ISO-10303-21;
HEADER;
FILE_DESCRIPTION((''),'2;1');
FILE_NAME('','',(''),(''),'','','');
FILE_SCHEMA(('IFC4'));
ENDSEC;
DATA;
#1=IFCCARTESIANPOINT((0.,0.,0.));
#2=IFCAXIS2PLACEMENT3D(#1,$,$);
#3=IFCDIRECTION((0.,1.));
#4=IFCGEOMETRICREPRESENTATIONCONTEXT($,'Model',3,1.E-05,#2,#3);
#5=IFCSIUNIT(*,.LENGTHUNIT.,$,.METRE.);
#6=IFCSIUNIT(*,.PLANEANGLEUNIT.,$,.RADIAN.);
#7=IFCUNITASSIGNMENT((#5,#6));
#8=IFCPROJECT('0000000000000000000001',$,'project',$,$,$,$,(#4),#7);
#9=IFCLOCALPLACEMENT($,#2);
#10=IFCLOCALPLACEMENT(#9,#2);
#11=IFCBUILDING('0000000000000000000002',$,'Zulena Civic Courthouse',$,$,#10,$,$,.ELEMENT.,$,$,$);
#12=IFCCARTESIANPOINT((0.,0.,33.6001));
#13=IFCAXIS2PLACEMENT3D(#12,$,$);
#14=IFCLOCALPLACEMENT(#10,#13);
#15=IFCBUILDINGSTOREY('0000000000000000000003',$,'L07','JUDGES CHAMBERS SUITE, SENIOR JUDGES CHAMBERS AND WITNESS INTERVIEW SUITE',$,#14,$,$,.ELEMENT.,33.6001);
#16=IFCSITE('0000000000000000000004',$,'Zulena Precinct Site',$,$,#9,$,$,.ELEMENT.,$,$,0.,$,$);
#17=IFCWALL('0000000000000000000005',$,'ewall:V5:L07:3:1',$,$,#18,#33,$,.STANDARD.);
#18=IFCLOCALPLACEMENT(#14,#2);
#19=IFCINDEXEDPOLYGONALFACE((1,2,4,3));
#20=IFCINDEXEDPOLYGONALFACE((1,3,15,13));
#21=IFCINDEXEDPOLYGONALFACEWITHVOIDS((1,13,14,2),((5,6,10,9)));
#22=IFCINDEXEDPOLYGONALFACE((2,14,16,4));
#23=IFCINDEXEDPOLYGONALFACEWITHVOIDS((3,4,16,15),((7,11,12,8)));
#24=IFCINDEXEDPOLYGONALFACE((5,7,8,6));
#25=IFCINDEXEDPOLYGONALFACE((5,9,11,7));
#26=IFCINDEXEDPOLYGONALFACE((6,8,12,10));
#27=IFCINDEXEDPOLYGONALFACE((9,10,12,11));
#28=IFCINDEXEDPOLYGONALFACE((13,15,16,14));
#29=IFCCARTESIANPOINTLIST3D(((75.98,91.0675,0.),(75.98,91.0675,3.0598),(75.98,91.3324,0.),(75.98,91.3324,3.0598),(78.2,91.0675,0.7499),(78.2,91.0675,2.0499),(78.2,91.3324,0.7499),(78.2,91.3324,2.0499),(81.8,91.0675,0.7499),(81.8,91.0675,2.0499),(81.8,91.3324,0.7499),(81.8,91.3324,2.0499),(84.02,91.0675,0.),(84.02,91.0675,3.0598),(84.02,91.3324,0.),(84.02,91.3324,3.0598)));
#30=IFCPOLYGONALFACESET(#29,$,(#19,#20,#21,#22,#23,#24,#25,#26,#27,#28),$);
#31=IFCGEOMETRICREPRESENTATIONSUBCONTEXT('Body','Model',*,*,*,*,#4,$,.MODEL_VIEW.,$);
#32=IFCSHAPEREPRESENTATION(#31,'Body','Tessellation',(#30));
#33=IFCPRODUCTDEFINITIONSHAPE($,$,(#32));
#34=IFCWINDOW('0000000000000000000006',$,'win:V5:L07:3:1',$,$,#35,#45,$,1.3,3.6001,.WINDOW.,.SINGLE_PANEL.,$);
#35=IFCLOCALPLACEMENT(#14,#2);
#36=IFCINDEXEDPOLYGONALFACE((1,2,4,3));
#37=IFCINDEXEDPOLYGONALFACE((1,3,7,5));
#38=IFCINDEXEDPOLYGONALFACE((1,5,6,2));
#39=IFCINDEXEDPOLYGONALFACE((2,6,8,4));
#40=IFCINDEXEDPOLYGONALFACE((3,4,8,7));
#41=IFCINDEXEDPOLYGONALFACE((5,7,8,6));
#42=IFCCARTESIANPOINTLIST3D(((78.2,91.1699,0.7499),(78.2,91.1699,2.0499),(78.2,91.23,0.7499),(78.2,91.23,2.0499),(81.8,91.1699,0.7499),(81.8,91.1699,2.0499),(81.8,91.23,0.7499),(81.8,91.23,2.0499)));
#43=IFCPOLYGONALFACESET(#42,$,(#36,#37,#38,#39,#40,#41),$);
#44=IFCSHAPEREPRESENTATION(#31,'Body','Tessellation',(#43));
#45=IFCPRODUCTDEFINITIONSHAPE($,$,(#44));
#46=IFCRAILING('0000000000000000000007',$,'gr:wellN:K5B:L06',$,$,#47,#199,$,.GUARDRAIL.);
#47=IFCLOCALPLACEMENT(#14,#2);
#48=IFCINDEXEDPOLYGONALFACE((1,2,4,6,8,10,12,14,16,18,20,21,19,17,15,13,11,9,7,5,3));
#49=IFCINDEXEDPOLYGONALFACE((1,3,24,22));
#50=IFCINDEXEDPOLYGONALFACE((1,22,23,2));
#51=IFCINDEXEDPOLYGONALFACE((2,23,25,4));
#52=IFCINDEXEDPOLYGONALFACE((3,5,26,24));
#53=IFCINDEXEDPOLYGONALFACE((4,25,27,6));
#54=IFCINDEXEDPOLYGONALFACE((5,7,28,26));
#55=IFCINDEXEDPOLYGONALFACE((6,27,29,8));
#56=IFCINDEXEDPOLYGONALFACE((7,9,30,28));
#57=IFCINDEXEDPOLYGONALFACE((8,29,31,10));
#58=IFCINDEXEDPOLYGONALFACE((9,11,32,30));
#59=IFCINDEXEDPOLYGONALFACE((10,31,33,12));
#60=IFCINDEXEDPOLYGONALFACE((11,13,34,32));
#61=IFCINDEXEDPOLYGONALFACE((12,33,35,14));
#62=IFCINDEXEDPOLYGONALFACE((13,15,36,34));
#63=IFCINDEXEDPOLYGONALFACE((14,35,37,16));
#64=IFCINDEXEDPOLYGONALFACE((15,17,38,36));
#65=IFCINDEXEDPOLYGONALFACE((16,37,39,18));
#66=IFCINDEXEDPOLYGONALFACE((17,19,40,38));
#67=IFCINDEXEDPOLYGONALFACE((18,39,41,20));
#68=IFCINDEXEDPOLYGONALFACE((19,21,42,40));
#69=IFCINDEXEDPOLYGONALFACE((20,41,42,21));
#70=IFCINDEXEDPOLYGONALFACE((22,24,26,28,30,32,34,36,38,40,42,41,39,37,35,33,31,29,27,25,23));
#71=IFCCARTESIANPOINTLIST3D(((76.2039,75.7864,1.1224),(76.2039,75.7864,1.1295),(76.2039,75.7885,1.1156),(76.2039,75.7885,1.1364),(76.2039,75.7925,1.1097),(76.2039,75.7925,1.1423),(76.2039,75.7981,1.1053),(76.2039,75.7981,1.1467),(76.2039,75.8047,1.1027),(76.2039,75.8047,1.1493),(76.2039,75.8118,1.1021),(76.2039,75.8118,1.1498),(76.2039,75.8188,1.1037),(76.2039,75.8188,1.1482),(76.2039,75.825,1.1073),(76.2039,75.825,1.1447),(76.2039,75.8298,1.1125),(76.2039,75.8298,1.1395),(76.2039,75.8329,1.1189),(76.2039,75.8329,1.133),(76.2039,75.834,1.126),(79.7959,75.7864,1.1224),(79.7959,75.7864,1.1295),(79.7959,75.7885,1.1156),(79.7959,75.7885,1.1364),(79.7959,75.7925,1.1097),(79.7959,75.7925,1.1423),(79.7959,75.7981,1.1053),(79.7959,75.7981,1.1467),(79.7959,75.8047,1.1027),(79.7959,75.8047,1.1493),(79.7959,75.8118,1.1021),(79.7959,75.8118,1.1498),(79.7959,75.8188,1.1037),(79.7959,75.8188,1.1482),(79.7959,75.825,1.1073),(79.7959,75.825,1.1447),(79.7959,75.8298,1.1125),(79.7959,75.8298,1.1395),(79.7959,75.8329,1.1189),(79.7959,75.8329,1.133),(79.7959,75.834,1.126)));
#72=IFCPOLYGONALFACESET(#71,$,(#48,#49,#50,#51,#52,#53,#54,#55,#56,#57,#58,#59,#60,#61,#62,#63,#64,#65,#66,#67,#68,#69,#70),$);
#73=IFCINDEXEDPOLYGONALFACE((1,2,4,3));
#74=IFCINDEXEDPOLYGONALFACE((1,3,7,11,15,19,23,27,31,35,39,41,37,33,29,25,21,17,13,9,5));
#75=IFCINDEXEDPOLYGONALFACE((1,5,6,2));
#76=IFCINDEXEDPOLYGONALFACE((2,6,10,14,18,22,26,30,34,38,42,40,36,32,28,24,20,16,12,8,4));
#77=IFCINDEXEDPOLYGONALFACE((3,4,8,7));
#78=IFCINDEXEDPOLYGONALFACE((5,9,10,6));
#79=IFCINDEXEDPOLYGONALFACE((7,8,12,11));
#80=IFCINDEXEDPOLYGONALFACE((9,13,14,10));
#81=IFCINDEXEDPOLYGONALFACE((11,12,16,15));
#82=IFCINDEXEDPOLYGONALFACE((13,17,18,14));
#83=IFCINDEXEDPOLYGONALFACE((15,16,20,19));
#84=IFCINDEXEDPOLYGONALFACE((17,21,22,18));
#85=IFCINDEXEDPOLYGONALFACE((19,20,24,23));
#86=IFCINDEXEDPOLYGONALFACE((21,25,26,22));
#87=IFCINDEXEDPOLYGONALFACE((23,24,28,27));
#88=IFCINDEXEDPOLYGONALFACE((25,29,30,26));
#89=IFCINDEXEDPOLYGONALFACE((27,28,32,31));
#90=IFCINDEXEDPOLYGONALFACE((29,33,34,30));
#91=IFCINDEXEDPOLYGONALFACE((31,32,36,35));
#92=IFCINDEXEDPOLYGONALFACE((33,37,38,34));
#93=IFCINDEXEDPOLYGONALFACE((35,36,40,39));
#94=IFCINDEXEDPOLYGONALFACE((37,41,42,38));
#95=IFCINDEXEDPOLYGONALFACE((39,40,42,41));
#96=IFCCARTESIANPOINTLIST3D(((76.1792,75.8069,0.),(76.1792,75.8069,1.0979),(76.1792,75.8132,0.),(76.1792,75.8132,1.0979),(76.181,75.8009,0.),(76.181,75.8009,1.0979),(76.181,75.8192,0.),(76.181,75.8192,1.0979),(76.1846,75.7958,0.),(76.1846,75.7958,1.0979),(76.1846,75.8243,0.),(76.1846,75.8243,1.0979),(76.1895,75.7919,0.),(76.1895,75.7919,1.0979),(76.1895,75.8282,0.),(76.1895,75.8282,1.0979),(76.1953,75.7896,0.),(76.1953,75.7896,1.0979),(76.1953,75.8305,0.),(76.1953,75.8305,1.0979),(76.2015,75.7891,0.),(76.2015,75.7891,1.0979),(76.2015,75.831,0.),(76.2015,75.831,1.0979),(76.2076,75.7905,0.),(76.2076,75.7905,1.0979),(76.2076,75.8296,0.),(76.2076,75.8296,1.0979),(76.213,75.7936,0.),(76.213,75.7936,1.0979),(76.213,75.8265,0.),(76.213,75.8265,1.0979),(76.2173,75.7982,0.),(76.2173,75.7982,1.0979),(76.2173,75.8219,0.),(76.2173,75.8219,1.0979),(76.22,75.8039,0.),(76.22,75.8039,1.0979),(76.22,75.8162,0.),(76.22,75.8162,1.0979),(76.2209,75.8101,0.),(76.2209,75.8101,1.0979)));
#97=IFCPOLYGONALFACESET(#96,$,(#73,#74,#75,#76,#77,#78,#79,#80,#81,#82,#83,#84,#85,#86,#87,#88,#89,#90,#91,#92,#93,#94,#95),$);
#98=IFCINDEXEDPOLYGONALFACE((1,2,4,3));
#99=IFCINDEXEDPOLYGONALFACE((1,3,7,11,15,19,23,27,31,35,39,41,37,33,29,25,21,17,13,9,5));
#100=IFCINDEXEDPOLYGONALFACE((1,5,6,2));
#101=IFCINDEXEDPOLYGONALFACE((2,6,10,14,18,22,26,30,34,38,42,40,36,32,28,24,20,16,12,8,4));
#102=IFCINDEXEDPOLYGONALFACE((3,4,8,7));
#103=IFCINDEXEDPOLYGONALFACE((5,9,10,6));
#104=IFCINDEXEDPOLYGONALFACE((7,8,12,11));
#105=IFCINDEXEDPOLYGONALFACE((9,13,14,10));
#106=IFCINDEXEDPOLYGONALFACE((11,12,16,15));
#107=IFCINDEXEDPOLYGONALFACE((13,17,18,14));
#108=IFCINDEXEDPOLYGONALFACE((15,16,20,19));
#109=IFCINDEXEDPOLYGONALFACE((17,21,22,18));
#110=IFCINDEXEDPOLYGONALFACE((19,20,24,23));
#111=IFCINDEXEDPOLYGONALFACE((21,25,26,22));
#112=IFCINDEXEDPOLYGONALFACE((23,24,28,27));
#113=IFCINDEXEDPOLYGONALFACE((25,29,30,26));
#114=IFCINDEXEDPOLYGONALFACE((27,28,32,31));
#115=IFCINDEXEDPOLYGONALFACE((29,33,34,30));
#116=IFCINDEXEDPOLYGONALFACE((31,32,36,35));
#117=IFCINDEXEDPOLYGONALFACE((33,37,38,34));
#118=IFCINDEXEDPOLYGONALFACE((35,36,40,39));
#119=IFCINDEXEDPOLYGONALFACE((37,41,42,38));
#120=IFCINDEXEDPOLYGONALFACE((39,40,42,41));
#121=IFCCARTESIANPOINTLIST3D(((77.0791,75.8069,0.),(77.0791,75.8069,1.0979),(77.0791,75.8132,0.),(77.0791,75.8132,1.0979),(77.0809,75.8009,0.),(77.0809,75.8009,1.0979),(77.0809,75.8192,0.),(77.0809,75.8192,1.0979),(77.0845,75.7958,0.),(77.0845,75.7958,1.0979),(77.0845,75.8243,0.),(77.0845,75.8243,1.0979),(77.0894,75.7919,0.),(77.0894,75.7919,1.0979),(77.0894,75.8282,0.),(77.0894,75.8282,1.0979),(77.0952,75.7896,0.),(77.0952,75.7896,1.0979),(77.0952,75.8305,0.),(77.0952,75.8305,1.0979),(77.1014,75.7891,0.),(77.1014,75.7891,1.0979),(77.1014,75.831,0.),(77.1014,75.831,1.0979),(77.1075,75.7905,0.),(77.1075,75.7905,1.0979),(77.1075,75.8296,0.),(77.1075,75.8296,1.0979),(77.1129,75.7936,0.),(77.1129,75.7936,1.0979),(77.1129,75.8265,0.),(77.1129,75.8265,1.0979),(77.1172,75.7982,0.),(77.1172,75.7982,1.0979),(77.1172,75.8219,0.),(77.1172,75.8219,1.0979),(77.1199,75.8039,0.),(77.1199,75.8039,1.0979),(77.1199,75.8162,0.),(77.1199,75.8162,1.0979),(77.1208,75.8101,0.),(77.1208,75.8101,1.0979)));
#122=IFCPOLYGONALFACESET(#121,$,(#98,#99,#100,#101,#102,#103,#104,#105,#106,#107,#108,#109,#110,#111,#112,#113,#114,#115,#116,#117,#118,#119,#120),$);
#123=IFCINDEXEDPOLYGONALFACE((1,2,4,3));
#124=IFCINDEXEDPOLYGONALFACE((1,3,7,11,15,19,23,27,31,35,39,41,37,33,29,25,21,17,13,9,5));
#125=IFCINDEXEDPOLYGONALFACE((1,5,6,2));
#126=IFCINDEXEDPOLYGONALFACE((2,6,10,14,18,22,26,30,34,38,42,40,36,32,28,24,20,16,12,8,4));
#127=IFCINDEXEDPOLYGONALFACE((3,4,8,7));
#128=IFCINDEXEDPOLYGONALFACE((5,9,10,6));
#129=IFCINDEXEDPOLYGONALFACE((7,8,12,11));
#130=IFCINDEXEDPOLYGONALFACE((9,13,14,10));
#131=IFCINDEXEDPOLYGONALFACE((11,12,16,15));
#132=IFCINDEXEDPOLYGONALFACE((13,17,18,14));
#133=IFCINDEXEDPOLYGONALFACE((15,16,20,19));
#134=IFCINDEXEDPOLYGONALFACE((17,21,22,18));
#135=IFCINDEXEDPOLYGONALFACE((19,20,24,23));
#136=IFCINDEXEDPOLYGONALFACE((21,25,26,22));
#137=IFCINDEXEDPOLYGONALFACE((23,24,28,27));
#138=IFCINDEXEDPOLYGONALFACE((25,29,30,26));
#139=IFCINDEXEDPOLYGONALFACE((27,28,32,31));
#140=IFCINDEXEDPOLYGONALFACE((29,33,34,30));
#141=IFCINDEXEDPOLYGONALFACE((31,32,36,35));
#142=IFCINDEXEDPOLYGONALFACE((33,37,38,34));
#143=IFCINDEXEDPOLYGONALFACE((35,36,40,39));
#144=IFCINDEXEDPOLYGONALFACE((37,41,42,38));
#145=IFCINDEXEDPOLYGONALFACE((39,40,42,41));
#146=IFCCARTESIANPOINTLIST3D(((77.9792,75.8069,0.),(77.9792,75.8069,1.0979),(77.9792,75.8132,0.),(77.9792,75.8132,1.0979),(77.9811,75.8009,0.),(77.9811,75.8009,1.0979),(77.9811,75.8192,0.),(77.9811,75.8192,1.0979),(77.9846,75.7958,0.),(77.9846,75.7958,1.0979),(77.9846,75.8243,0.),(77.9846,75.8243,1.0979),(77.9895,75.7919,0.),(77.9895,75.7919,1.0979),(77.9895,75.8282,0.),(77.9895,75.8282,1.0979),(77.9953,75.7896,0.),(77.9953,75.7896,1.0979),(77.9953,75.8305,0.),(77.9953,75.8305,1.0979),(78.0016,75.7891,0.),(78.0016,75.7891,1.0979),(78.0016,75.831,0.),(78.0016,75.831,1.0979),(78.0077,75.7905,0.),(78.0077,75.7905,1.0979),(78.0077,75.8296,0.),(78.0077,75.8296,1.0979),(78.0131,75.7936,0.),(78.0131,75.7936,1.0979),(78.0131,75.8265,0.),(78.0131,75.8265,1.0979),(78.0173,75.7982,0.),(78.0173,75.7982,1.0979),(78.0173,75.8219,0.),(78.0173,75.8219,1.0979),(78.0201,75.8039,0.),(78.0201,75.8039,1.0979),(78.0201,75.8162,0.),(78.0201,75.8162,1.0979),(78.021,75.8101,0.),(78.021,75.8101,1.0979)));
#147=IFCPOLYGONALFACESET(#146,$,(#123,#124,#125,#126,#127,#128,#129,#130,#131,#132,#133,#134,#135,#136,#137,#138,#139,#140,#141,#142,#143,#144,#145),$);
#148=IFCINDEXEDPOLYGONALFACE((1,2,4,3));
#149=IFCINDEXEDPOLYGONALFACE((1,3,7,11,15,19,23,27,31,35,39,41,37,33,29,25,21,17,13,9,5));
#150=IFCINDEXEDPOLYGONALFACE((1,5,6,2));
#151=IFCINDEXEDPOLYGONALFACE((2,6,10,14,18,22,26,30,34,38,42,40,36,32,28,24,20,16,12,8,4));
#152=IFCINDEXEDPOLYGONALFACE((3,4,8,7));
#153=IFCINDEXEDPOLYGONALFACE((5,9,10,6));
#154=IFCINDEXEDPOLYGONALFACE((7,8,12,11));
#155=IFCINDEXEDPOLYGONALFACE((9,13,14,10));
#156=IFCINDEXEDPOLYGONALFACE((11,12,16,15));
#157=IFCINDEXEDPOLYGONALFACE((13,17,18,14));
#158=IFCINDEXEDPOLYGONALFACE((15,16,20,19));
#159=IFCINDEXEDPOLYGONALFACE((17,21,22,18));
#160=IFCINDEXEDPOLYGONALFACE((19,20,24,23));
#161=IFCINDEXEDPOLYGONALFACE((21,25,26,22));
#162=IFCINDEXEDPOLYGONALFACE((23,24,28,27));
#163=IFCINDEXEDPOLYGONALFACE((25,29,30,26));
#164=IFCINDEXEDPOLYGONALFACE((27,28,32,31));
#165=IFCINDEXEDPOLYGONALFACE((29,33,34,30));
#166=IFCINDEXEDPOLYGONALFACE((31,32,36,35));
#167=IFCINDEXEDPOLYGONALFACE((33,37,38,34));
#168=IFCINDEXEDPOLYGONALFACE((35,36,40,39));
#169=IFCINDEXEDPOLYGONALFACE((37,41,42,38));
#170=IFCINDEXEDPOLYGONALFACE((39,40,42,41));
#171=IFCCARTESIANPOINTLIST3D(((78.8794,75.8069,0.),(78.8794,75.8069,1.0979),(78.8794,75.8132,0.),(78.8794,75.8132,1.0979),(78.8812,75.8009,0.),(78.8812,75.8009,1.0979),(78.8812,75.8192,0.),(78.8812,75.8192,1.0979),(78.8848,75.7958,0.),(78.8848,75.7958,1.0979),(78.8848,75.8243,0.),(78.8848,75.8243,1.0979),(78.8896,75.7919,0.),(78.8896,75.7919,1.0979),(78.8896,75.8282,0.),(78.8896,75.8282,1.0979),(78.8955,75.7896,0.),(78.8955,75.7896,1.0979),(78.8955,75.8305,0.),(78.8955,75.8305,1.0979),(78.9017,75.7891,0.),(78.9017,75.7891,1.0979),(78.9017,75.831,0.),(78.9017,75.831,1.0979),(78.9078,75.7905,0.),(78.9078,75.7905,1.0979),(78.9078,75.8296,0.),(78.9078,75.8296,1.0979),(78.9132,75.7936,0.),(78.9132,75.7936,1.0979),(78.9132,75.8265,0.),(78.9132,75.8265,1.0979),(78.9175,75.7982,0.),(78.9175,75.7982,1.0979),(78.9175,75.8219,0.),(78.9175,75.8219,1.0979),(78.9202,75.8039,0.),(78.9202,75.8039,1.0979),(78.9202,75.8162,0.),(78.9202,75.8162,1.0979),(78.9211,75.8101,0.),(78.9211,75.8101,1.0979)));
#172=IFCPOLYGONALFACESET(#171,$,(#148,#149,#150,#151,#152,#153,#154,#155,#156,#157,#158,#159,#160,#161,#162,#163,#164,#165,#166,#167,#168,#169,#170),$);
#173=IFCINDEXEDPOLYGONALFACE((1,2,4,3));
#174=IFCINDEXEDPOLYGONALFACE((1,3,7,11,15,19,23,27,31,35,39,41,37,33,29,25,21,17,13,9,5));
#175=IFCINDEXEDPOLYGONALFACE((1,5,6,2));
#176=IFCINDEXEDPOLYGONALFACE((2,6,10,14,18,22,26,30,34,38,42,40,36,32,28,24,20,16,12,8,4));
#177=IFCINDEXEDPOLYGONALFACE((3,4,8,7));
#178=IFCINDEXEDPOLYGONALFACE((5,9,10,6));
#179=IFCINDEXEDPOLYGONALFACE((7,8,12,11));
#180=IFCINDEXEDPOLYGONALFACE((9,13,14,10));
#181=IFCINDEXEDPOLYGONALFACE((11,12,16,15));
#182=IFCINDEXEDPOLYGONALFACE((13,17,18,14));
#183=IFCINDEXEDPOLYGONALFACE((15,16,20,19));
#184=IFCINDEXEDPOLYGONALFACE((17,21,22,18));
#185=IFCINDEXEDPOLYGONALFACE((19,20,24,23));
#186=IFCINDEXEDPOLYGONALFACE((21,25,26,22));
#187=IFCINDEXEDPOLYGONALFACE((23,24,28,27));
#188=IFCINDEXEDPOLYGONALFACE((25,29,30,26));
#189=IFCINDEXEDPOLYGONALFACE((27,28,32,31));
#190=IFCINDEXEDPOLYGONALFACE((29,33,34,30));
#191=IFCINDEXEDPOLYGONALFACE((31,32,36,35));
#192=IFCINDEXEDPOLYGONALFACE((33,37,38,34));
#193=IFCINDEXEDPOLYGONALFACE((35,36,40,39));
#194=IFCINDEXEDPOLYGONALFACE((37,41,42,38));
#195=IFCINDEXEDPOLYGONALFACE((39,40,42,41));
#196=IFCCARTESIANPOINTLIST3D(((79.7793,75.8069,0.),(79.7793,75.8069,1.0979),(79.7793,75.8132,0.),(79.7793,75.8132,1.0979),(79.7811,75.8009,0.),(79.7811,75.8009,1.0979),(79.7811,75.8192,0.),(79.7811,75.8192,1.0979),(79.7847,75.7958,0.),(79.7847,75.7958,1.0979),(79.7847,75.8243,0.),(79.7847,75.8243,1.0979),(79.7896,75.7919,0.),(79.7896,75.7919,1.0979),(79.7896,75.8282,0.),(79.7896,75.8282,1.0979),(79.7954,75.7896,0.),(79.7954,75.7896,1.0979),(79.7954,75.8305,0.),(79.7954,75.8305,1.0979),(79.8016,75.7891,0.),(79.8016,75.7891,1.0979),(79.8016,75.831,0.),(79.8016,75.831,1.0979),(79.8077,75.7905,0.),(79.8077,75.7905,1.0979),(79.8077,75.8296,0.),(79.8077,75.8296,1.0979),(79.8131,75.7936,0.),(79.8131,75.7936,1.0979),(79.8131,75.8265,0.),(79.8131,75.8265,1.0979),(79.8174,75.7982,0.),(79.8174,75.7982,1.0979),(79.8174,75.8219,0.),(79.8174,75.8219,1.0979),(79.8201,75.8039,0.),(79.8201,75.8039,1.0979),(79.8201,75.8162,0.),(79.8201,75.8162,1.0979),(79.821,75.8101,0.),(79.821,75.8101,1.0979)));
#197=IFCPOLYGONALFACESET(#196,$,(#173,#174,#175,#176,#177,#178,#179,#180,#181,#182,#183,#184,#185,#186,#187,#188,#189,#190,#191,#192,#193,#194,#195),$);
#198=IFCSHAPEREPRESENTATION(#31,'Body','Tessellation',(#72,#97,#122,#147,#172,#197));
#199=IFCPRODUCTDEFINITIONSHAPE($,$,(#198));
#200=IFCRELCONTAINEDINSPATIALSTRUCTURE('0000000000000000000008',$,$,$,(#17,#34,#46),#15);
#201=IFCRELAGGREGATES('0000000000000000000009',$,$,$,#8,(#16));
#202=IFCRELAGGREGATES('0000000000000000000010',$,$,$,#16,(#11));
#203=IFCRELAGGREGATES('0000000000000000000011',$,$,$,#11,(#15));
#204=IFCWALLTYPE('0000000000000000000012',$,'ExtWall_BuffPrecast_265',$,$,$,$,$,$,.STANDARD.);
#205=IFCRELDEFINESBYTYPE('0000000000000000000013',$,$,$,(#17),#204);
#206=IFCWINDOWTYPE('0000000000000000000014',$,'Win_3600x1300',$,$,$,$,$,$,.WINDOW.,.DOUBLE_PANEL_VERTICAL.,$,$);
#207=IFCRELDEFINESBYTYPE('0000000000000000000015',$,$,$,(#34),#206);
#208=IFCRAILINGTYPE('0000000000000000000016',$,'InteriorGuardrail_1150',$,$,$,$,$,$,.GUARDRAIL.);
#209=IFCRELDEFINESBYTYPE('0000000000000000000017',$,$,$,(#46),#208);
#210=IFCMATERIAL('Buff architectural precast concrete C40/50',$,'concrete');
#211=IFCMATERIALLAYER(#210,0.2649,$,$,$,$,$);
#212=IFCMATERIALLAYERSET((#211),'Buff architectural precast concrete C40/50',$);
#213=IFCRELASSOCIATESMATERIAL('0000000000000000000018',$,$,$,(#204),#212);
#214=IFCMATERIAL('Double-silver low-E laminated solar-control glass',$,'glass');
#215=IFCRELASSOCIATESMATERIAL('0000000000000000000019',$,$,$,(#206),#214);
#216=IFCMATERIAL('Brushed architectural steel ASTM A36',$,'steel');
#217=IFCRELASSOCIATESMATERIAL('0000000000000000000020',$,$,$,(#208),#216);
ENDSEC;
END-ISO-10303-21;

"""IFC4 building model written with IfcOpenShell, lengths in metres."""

from ifc_helpers import new_model, si_unit, direction, frame, frame_2d, origin, origin_2d, place, context, subcontext, project, spatial, rectangle, circle, extrude, material, layer, layer_set, type_object, element, fill, save


model = new_model("IFC4")

# Units and contexts
model_context = context("Model", 3, precision=1e-05, world=origin(), true_north=direction((0.0, 1.0)))
body_context = subcontext(model_context, "Body", "Model", "MODEL_VIEW")
ifc_project = project(units=[si_unit("LENGTHUNIT", "METRE"), si_unit("PLANEANGLEUNIT", "RADIAN")], contexts=[model_context])

# Site, building, storey
site_placement = place(None, origin())
site = spatial("IfcSite", under=ifc_project, at=site_placement, Name="Zulena Precinct Site", CompositionType="ELEMENT", RefElevation=0.0)
building_placement = place(site_placement, origin())
building = spatial("IfcBuilding", under=site, at=building_placement, Name="Zulena Civic Courthouse", CompositionType="ELEMENT")
storey_placement = place(building_placement, frame((0.0, 0.0, 33.6001)))
storey = spatial("IfcBuildingStorey", under=building, at=storey_placement, Name="L07", Description="JUDGES CHAMBERS SUITE, SENIOR JUDGES CHAMBERS AND WITNESS INTERVIEW SUITE", CompositionType="ELEMENT", Elevation=33.6001)

# Wall, opening, window
ifc_material_1 = material(Name="Buff architectural precast concrete C40/50", Category="concrete")
ifc_layer_1 = layer(ifc_material_1, 0.2649)
ifc_layer_set_1 = layer_set([ifc_layer_1], Name="Buff architectural precast concrete C40/50")
wall_type_1 = type_object("IfcWallType", Name="ExtWall_BuffPrecast_265", PredefinedType="STANDARD", material=ifc_layer_set_1)
wall_1_placement = place(storey_placement, frame((75.98, 91.2, 0.0), z_axis=(0.0, 0.0, 1.0), x_axis=(1.0, 0.0, 0.0)))
wall_1 = element("IfcWall", 1, at=wall_1_placement, inside=storey, type_object=wall_type_1, Name="ewall:V5:L07:3:1", PredefinedType="STANDARD", context=body_context, shape_type="SweptSolid", body=[
    extrude(rectangle(XDim=8.04, YDim=0.2649, at=frame_2d((4.02, 0.0))), origin(), (0.0, 0.0, 1.0), 3.0598),
])
opening_1_placement = place(wall_1_placement, frame((2.22, 0.0, 0.75)))
opening_1 = element("IfcOpeningElement", 2, at=opening_1_placement, cuts=wall_1, PredefinedType="OPENING", context=body_context, shape_type="SweptSolid", body=[
    extrude(rectangle(XDim=3.6001, YDim=1.3, at=frame_2d((1.8, 0.6499))), frame((0.0, 0.1423, 0.0), z_axis=(0.0, -1.0, 0.0), x_axis=(1.0, 0.0, 0.0)), (0.0, 0.0, 1.0), 0.2849),
])
ifc_material_2 = material(Name="Double-silver low-E laminated solar-control glass", Category="glass")
window_type = type_object("IfcWindowType", Name="Win_3600x1300", PartitioningType="DOUBLE_PANEL_VERTICAL", PredefinedType="WINDOW", material=ifc_material_2)
window_placement = place(opening_1_placement, origin())
window = element("IfcWindow", 3, at=window_placement, inside=storey, type_object=window_type, Name="win:V5:L07:3:1", OverallHeight=1.3, OverallWidth=3.6001, PartitioningType="SINGLE_PANEL", PredefinedType="WINDOW", context=body_context, shape_type="SweptSolid", body=[
    extrude(rectangle(XDim=3.6001, YDim=1.3, at=frame_2d((1.8, 0.6499))), frame((0.0, 0.03, 0.0), z_axis=(0.0, -1.0, 0.0), x_axis=(1.0, 0.0, 0.0)), (0.0, 0.0, 1.0), 0.0601),
])
fill(opening_1, window)

# Railing
ifc_material_3 = material(Name="Brushed architectural steel ASTM A36", Category="steel")
railing_type = type_object("IfcRailingType", Name="InteriorGuardrail_1150", PredefinedType="GUARDRAIL", material=ifc_material_3)
railing_1_placement = place(storey_placement, frame((76.2, 75.8101, 0.0)))
element("IfcRailing", 4, at=railing_1_placement, inside=storey, type_object=railing_type, Name="gr:wellN:K5B:L06", PredefinedType="GUARDRAIL", context=body_context, shape_type="SweptSolid", body=[
    extrude(circle(Radius=0.0239, at=origin_2d()), frame((0.0039, 0.0, 1.126), z_axis=(1.0, 0.0, 0.0), x_axis=(0.0, 1.0, 0.0)), (0.0, 0.0, 1.0), 3.592),
    extrude(circle(Radius=0.021, at=origin_2d()), origin(), (0.0, 0.0, 1.0), 1.0979),
    extrude(circle(Radius=0.021, at=origin_2d()), frame((0.8999, 0.0, 0.0)), (0.0, 0.0, 1.0), 1.0979),
    extrude(circle(Radius=0.021, at=origin_2d()), frame((1.8, 0.0, 0.0)), (0.0, 0.0, 1.0), 1.0979),
    extrude(circle(Radius=0.021, at=origin_2d()), frame((2.7002, 0.0, 0.0)), (0.0, 0.0, 1.0), 1.0979),
    extrude(circle(Radius=0.021, at=origin_2d()), frame((3.6001, 0.0, 0.0)), (0.0, 0.0, 1.0), 1.0979),
])

save(model, "model.ifc")
